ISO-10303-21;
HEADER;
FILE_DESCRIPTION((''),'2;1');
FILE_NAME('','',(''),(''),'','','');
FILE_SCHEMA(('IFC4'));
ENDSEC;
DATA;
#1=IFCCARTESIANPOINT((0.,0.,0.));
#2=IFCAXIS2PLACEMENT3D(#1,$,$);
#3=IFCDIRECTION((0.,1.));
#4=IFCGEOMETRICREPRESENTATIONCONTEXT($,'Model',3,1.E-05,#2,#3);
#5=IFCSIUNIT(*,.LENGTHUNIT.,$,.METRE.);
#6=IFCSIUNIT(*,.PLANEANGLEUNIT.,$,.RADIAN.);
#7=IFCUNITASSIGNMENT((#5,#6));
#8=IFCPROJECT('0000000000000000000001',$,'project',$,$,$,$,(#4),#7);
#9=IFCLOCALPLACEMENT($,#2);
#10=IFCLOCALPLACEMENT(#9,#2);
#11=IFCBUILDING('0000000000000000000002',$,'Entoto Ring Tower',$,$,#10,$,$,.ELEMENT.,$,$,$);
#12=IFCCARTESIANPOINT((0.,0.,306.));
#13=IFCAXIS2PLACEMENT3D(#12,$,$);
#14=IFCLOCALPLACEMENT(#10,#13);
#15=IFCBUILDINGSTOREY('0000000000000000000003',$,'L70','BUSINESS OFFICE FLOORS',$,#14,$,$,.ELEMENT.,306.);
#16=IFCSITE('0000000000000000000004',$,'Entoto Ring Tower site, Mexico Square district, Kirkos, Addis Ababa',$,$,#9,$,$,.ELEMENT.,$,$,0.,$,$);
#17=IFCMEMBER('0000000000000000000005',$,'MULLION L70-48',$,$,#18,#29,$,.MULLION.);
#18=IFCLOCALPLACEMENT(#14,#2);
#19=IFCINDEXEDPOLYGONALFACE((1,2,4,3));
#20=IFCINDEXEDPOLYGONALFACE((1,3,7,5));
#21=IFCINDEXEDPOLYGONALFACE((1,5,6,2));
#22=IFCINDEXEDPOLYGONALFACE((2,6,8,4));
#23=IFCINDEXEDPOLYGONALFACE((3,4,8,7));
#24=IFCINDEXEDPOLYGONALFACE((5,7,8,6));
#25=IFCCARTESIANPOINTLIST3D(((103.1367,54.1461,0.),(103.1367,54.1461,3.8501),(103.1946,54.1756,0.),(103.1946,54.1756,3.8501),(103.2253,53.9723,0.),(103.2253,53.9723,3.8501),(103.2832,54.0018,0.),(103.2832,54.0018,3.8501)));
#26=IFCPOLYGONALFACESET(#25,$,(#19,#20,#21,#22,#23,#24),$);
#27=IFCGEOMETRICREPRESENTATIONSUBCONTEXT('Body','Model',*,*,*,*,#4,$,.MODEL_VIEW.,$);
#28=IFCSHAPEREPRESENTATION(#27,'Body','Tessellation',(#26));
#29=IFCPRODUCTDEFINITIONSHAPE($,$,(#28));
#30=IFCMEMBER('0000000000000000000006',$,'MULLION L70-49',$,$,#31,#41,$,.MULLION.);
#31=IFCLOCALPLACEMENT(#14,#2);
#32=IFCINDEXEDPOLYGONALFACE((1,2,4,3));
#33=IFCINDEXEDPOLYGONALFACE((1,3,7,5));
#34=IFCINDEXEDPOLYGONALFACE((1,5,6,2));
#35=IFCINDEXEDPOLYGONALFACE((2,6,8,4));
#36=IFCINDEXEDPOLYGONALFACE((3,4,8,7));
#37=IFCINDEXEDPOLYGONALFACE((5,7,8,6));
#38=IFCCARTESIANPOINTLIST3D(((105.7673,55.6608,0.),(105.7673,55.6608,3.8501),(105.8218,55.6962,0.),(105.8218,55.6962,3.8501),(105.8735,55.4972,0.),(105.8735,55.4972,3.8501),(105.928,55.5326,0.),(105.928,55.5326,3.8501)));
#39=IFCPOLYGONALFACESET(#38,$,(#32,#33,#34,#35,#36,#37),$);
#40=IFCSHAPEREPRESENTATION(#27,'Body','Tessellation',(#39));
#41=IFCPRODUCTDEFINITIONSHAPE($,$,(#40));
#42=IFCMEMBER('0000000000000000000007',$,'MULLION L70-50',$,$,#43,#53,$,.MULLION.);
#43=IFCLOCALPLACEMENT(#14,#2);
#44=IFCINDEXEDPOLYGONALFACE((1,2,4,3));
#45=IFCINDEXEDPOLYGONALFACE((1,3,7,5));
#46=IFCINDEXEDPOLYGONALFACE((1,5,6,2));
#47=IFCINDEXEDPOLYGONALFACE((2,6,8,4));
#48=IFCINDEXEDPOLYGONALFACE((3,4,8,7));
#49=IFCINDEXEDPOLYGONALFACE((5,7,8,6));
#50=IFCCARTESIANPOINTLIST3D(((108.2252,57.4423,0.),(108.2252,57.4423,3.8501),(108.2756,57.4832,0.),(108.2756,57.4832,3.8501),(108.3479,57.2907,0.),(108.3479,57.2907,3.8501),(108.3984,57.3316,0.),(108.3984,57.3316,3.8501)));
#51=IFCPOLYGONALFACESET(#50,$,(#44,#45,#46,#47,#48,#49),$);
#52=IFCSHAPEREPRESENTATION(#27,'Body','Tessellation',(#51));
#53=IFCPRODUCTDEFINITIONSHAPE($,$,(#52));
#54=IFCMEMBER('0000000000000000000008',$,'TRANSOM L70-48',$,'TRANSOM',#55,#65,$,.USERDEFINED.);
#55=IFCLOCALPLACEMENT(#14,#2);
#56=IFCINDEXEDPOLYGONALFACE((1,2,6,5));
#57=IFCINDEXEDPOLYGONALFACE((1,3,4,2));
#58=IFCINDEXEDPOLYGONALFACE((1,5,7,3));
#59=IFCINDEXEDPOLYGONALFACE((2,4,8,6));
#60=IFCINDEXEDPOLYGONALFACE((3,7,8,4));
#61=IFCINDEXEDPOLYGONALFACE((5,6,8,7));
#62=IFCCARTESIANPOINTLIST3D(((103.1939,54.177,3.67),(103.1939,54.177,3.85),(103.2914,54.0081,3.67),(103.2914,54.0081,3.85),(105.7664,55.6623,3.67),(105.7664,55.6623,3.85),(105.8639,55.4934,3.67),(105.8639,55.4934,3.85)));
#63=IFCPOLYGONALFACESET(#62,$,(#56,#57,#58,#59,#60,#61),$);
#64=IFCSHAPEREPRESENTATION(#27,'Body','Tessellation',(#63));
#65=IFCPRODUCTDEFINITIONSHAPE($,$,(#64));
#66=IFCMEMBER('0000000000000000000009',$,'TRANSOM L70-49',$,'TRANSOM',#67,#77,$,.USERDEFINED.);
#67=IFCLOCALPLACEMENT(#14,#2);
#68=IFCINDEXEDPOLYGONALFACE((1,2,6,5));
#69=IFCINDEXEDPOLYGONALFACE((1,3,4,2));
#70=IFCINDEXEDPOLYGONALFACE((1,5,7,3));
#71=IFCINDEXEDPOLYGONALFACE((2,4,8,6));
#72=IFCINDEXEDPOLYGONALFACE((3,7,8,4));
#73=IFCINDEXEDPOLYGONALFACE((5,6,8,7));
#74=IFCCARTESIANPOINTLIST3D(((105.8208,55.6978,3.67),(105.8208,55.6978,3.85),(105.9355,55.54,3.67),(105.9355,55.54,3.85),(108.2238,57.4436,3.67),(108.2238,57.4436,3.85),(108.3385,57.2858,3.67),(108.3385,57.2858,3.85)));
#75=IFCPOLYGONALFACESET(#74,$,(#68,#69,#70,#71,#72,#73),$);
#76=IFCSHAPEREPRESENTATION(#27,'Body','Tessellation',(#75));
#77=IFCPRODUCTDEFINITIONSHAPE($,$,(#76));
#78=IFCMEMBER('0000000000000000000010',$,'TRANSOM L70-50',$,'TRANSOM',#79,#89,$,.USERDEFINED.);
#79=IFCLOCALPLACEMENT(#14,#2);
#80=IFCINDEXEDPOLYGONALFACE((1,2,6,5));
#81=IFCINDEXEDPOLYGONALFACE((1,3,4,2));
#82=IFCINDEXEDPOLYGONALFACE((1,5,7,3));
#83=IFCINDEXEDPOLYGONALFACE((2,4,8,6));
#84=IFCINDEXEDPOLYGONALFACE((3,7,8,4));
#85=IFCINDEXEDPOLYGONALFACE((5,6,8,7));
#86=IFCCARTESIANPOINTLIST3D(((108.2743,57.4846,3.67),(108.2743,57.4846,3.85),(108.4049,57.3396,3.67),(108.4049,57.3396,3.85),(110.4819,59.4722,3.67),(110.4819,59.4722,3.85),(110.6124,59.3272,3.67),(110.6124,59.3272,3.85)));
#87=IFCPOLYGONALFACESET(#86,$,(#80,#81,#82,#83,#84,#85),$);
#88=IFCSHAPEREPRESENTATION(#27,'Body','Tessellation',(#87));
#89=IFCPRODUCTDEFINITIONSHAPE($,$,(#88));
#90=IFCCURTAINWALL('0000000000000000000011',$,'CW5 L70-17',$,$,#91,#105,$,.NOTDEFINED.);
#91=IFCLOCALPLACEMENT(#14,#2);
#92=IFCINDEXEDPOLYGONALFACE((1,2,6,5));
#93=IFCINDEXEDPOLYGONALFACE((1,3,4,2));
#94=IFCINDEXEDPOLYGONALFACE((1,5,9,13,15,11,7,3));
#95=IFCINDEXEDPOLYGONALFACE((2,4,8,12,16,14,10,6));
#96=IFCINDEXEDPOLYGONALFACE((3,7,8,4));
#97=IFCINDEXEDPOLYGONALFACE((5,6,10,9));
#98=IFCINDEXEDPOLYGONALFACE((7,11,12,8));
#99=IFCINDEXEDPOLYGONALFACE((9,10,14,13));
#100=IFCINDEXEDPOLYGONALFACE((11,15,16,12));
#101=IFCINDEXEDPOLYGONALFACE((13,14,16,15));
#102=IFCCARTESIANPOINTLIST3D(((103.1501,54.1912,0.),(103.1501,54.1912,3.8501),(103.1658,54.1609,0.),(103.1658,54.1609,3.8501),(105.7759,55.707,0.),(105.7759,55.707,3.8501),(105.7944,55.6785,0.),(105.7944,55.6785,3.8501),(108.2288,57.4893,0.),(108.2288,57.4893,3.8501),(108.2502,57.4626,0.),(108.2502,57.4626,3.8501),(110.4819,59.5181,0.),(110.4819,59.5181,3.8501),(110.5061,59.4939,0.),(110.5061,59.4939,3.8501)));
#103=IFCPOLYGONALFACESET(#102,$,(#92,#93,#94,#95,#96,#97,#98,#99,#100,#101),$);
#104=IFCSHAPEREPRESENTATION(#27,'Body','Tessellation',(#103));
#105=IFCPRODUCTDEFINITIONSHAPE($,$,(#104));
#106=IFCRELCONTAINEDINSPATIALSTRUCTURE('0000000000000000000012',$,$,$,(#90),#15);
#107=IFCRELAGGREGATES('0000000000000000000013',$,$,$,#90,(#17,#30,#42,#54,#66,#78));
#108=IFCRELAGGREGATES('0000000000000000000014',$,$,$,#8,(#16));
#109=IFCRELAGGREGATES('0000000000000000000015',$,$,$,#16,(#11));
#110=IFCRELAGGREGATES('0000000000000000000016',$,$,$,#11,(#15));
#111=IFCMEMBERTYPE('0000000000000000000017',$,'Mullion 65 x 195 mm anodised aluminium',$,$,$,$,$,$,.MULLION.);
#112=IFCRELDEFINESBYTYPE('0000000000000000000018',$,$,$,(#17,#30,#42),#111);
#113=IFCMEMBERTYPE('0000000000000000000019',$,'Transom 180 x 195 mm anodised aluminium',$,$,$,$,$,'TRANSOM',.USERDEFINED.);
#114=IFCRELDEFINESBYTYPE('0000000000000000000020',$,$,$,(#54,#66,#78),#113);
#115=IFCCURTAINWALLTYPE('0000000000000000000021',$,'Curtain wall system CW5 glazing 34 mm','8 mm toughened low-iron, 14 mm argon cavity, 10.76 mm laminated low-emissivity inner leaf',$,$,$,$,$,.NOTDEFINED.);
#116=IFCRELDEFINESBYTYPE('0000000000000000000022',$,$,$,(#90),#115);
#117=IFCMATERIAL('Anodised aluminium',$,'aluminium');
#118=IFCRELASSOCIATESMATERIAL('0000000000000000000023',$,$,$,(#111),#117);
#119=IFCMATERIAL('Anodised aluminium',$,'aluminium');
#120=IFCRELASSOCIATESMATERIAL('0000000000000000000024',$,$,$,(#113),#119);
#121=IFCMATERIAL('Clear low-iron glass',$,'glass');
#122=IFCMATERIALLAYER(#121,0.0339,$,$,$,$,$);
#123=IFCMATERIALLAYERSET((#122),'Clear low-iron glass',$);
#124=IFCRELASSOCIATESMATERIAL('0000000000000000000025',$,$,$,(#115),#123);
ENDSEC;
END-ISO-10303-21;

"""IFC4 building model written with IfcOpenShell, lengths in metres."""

from ifc_helpers import new_model, si_unit, direction, frame, origin, origin_2d, place, context, subcontext, project, spatial, polyline, rectangle, outline, extrude, material, layer, layer_set, material_profile, profile_set, type_object, element, aggregate, save


model = new_model("IFC4")

# Units and contexts
model_context = context("Model", 3, precision=1e-05, world=origin(), true_north=direction((0.0, 1.0)))
body_context = subcontext(model_context, "Body", "Model", "MODEL_VIEW")
ifc_project = project(units=[si_unit("LENGTHUNIT", "METRE"), si_unit("PLANEANGLEUNIT", "RADIAN")], contexts=[model_context])

# Members
ifc_material_1 = material(Name="Anodised aluminium", Category="aluminium")
ifc_material_profile_1 = material_profile(ifc_material_1, rectangle(XDim=0.0649, YDim=0.1951, at=origin_2d()), Name="Mullion 65 x 195 mm anodised aluminium")
ifc_profile_set_1 = profile_set([ifc_material_profile_1], Name="Anodised aluminium")
member_type_1 = type_object("IfcMemberType", Name="Mullion 65 x 195 mm anodised aluminium", PredefinedType="MULLION", material=ifc_profile_set_1)
site_placement = place(None, origin())
building_placement = place(site_placement, origin())
storey_placement = place(building_placement, frame((0.0, 0.0, 306.0)))
member_1_placement = place(storey_placement, frame((103.21, 54.074, 0.0), z_axis=(0.0, 0.0, 1.0), x_axis=(0.891007, 0.45399, 0.0)))
member_1 = element("IfcMember", 1, at=member_1_placement, type_object=member_type_1, Name="MULLION L70-48", PredefinedType="MULLION", context=body_context, shape_type="SweptSolid", body=[
    extrude(rectangle(XDim=0.0649, YDim=0.1951, at=origin_2d()), origin(), (0.0, 0.0, 1.0), 3.8501),
])
member_2_placement = place(storey_placement, frame((105.8477, 55.5967, 0.0), z_axis=(0.0, 0.0, 1.0), x_axis=(0.838671, 0.544639, 0.0)))
member_2 = element("IfcMember", 2, at=member_2_placement, type_object=member_type_1, Name="MULLION L70-49", PredefinedType="MULLION", context=body_context, shape_type="SweptSolid", body=[
    extrude(rectangle(XDim=0.0649, YDim=0.1951, at=origin_2d()), origin(), (0.0, 0.0, 1.0), 3.8501),
])
member_3_placement = place(storey_placement, frame((108.3118, 57.387, 0.0), z_axis=(0.0, 0.0, 1.0), x_axis=(0.777146, 0.62932, 0.0)))
member_3 = element("IfcMember", 3, at=member_3_placement, type_object=member_type_1, Name="MULLION L70-50", PredefinedType="MULLION", context=body_context, shape_type="SweptSolid", body=[
    extrude(rectangle(XDim=0.0649, YDim=0.1951, at=origin_2d()), origin(), (0.0, 0.0, 1.0), 3.8501),
])
ifc_material_2 = material(Name="Anodised aluminium", Category="aluminium")
ifc_material_profile_2 = material_profile(ifc_material_2, rectangle(XDim=0.1951, YDim=0.1799, at=origin_2d()), Name="Transom 180 x 195 mm anodised aluminium")
ifc_profile_set_2 = profile_set([ifc_material_profile_2], Name="Anodised aluminium")
member_type_2 = type_object("IfcMemberType", Name="Transom 180 x 195 mm anodised aluminium", ElementType="TRANSOM", PredefinedType="USERDEFINED", material=ifc_profile_set_2)
member_4_placement = place(storey_placement, frame((103.2427, 54.0925, 3.76), z_axis=(0.866009, 0.500028, 0.0), x_axis=(-0.500028, 0.866009, 0.0)))
member_4 = element("IfcMember", 4, at=member_4_placement, type_object=member_type_2, Name="TRANSOM L70-48", ObjectType="TRANSOM", PredefinedType="USERDEFINED", context=body_context, shape_type="SweptSolid", body=[
    extrude(rectangle(XDim=0.1951, YDim=0.1799, at=origin_2d()), origin(), (0.0, 0.0, 1.0), 2.9705),
])
member_5_placement = place(storey_placement, frame((105.8782, 55.6189, 3.76), z_axis=(0.809031, 0.587766, 0.0), x_axis=(-0.587766, 0.809031, 0.0)))
member_5 = element("IfcMember", 5, at=member_5_placement, type_object=member_type_2, Name="TRANSOM L70-49", ObjectType="TRANSOM", PredefinedType="USERDEFINED", context=body_context, shape_type="SweptSolid", body=[
    extrude(rectangle(XDim=0.1951, YDim=0.1799, at=origin_2d()), origin(), (0.0, 0.0, 1.0), 2.9702),
])
member_6_placement = place(storey_placement, frame((108.3396, 57.4121, 3.76), z_axis=(0.743163, 0.66911, 0.0), x_axis=(-0.66911, 0.743163, 0.0)))
member_6 = element("IfcMember", 6, at=member_6_placement, type_object=member_type_2, Name="TRANSOM L70-50", ObjectType="TRANSOM", PredefinedType="USERDEFINED", context=body_context, shape_type="SweptSolid", body=[
    extrude(rectangle(XDim=0.1951, YDim=0.1799, at=origin_2d()), origin(), (0.0, 0.0, 1.0), 2.9705),
])

# Site, building, storey
site = spatial("IfcSite", under=ifc_project, at=site_placement, Name="Entoto Ring Tower site, Mexico Square district, Kirkos, Addis Ababa", CompositionType="ELEMENT", RefElevation=0.0)
building = spatial("IfcBuilding", under=site, at=building_placement, Name="Entoto Ring Tower", CompositionType="ELEMENT")
storey = spatial("IfcBuildingStorey", under=building, at=storey_placement, Name="L70", Description="BUSINESS OFFICE FLOORS", CompositionType="ELEMENT", Elevation=306.0)

# Curtain wall
ifc_material_3 = material(Name="Clear low-iron glass", Category="glass")
ifc_layer_1 = layer(ifc_material_3, 0.0339)
ifc_layer_set_1 = layer_set([ifc_layer_1], Name="Clear low-iron glass")
curtain_wall_type = type_object("IfcCurtainWallType", Name="Curtain wall system CW5 glazing 34 mm", Description="8 mm toughened low-iron, 14 mm argon cavity, 10.76 mm laminated low-emissivity inner leaf", PredefinedType="NOTDEFINED", material=ifc_layer_set_1)
curtain_wall_1_placement = place(storey_placement, origin())
curtain_wall_1 = element("IfcCurtainWall", 7, at=curtain_wall_1_placement, inside=storey, type_object=curtain_wall_type, Name="CW5 L70-17", PredefinedType="NOTDEFINED", context=body_context, shape_type="SweptSolid", body=[
    extrude(outline(polyline([(103.1658, 54.1609), (105.7944, 55.6785), (108.2502, 57.4626), (110.5061, 59.4939), (110.4819, 59.5181), (108.2288, 57.4893), (105.7759, 55.707), (103.1501, 54.1912), (103.1658, 54.1609)])), origin(), (0.0, 0.0, 1.0), 3.8501),
])
aggregate(curtain_wall_1, [member_1, member_2, member_3, member_4, member_5, member_6])

save(model, "model.ifc")
